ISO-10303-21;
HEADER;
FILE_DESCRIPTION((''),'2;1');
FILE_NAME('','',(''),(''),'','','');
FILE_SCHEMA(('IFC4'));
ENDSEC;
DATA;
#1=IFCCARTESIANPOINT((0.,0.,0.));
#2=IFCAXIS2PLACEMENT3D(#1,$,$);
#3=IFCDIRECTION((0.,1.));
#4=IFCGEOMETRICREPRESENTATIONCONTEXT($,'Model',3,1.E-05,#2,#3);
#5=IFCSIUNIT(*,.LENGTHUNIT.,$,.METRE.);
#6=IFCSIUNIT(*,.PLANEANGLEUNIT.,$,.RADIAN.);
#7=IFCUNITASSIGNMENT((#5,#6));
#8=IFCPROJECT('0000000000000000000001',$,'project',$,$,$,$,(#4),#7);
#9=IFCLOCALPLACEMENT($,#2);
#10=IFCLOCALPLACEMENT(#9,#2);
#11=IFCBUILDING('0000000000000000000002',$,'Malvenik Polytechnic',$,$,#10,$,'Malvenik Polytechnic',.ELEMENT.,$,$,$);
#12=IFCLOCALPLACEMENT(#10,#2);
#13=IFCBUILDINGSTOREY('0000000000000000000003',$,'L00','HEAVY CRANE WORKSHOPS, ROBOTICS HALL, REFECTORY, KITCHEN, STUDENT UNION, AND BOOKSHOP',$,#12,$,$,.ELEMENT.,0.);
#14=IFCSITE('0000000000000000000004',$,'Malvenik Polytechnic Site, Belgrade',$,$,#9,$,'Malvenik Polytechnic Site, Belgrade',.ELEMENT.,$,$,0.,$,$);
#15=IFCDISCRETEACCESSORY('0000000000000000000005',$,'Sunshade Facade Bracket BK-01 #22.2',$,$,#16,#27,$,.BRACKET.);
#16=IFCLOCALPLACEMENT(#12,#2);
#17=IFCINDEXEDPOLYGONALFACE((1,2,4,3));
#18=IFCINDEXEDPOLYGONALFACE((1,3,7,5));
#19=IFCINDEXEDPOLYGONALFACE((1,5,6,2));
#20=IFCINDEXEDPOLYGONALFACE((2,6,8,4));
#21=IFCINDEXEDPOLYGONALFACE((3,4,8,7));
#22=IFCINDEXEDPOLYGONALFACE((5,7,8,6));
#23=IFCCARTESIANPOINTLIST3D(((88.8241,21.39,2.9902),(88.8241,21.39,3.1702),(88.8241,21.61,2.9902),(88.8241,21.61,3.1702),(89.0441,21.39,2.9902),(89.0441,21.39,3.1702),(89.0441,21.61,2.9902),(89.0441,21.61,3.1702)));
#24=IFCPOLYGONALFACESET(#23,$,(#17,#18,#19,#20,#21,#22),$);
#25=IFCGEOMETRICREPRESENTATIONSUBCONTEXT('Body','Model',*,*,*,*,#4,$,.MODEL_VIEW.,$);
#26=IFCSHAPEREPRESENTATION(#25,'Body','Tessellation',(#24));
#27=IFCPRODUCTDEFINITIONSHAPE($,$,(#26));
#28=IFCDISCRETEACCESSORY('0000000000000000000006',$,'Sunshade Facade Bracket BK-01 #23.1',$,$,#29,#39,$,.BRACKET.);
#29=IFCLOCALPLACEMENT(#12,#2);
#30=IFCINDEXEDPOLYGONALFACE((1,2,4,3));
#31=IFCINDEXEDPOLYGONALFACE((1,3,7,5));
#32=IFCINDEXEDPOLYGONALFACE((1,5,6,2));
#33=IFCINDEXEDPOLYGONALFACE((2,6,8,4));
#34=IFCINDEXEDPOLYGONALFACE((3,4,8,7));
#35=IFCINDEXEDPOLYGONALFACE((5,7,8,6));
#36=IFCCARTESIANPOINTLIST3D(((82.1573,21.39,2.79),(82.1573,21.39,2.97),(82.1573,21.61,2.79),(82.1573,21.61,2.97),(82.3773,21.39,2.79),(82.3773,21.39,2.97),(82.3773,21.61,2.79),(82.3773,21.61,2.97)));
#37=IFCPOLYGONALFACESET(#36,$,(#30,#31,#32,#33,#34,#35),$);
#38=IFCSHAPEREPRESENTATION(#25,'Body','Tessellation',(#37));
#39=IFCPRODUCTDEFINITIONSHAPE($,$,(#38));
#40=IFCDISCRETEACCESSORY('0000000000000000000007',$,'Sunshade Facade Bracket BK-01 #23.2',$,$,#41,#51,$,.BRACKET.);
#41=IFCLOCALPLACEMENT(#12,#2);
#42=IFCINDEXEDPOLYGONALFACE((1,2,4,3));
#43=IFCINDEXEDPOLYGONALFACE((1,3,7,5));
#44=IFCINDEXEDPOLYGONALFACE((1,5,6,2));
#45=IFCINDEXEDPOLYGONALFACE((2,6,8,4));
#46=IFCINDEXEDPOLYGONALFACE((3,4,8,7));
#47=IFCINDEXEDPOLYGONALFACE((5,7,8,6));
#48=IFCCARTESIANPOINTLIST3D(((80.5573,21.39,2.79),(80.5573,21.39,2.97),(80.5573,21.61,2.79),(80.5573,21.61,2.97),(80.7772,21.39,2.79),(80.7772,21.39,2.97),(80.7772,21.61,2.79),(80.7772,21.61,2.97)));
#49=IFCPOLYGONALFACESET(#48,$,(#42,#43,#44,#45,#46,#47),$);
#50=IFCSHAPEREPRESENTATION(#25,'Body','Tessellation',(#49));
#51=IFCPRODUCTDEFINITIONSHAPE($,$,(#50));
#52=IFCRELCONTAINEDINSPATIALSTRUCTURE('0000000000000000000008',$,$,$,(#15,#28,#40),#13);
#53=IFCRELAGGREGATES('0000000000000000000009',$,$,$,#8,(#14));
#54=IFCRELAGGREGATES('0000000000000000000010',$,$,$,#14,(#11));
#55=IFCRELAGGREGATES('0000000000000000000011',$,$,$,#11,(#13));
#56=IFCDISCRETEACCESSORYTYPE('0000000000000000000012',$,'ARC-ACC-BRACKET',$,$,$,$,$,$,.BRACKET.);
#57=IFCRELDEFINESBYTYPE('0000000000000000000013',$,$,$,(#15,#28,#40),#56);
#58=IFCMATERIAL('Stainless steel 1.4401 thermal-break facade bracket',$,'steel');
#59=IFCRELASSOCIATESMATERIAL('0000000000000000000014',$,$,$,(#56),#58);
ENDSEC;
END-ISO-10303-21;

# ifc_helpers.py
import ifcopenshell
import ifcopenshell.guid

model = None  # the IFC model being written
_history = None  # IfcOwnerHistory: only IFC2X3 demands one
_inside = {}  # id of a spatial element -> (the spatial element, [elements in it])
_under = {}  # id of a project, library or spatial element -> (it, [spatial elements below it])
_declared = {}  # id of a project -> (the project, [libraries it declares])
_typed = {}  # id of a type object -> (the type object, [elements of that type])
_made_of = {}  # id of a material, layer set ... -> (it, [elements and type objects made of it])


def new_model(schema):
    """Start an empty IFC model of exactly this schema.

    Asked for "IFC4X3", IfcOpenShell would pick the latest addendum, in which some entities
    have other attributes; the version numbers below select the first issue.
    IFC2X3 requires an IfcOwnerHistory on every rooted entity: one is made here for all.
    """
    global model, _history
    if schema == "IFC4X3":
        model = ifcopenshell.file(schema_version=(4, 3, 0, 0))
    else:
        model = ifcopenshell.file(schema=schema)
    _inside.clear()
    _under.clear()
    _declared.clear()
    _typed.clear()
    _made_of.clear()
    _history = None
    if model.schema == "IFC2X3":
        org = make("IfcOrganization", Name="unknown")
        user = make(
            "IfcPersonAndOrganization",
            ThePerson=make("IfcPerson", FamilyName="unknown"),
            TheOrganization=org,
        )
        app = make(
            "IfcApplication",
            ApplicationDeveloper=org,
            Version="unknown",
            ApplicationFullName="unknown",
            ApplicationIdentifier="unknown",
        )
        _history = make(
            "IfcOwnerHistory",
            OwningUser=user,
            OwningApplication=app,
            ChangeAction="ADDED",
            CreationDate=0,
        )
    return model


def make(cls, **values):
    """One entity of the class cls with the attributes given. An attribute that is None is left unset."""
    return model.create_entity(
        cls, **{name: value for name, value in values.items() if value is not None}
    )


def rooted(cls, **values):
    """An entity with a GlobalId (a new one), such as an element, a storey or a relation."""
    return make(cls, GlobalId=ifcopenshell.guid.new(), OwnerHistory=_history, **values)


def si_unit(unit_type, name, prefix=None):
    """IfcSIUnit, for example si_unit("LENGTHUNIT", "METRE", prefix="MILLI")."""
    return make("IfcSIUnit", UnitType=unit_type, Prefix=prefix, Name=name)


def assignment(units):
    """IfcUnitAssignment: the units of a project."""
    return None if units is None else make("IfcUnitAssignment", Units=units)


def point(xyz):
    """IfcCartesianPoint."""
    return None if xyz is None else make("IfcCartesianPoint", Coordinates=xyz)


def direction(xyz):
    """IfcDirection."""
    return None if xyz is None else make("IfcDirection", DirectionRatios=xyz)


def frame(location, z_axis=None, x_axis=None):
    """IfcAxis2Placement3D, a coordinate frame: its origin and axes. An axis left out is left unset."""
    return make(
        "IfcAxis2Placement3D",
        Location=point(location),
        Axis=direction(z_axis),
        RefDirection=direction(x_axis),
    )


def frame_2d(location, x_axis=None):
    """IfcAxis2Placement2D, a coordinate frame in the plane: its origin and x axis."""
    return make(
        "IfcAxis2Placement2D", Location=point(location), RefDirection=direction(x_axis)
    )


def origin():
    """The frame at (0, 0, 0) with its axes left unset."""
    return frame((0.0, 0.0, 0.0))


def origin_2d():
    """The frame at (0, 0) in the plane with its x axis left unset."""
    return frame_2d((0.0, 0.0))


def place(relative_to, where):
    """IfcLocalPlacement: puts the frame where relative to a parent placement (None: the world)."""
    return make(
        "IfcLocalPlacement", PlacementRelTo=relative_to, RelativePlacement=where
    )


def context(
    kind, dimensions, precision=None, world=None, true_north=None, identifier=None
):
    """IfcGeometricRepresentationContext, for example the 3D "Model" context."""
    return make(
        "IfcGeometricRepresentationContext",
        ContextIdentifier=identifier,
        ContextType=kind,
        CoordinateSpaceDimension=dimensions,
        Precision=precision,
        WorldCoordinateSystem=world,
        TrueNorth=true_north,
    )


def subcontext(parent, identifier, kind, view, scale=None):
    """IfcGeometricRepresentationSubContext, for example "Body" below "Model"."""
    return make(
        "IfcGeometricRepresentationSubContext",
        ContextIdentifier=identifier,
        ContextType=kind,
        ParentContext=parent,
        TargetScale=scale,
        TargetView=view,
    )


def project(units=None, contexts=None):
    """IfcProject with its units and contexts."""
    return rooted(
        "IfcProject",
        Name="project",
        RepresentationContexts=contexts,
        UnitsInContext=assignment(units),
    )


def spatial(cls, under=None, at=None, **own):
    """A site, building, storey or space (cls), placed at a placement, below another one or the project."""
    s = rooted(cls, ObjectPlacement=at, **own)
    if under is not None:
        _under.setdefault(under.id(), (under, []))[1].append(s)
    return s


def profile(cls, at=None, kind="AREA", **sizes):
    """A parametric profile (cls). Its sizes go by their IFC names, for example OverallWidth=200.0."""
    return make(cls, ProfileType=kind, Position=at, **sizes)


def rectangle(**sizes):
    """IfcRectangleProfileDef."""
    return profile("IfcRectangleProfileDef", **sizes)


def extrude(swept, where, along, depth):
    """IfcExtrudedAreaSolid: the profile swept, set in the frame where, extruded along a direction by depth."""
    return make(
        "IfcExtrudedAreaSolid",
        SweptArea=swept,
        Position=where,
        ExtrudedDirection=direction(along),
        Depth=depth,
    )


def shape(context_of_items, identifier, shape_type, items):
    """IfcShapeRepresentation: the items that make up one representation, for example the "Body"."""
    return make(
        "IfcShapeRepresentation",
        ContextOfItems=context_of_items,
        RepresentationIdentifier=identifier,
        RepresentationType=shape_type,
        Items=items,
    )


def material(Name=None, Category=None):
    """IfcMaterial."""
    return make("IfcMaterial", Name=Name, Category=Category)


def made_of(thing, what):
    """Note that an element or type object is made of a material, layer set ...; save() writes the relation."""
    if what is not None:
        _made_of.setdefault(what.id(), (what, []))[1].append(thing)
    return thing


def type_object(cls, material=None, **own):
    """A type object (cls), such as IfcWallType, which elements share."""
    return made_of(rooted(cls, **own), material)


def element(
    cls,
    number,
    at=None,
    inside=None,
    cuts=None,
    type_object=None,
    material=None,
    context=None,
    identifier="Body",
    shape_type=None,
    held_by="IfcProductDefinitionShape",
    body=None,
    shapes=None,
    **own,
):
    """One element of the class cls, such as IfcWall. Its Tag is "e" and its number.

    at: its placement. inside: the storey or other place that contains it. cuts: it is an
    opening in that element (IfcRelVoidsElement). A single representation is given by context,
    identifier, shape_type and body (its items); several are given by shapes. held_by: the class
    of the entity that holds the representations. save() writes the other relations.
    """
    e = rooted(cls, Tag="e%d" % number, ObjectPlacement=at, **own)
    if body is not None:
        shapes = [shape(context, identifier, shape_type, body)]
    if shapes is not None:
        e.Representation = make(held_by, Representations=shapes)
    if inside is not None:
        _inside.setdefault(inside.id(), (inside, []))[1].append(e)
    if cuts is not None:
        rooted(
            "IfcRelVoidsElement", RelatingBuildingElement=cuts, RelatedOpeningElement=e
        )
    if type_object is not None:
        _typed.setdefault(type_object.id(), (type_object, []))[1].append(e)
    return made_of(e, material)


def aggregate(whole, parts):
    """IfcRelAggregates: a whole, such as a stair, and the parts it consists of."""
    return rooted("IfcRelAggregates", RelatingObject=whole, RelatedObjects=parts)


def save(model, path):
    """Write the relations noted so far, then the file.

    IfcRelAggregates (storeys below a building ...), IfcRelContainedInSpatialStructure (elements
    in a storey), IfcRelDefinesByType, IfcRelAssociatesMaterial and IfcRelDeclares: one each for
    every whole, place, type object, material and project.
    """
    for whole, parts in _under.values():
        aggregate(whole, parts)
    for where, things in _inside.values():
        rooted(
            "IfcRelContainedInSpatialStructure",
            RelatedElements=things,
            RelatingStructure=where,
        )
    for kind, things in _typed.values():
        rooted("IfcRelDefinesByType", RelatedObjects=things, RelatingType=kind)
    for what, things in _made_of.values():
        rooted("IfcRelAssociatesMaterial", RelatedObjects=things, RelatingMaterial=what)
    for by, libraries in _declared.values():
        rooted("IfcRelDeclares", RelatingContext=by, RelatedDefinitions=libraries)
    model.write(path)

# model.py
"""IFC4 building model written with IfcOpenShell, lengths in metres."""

from ifc_helpers import new_model, si_unit, direction, frame, origin, origin_2d, place, context, subcontext, project, spatial, rectangle, extrude, material, type_object, element, save


model = new_model("IFC4")

# Units and contexts
model_context = context("Model", 3, precision=1e-05, world=origin(), true_north=direction((0.0, 1.0)))
body_context = subcontext(model_context, "Body", "Model", "MODEL_VIEW")
ifc_project = project(units=[si_unit("LENGTHUNIT", "METRE"), si_unit("PLANEANGLEUNIT", "RADIAN")], contexts=[model_context])

# Site, building, storey
site_placement = place(None, origin())
site = spatial("IfcSite", under=ifc_project, at=site_placement, Name="Malvenik Polytechnic Site, Belgrade", LongName="Malvenik Polytechnic Site, Belgrade", CompositionType="ELEMENT", RefElevation=0.0)
building_placement = place(site_placement, origin())
building = spatial("IfcBuilding", under=site, at=building_placement, Name="Malvenik Polytechnic", LongName="Malvenik Polytechnic", CompositionType="ELEMENT")
storey_placement = place(building_placement, origin())
storey = spatial("IfcBuildingStorey", under=building, at=storey_placement, Name="L00", Description="HEAVY CRANE WORKSHOPS, ROBOTICS HALL, REFECTORY, KITCHEN, STUDENT UNION, AND BOOKSHOP", CompositionType="ELEMENT", Elevation=0.0)

# Discrete accessories
ifc_material_1 = material(Name="Stainless steel 1.4401 thermal-break facade bracket", Category="steel")
discrete_accessory_type = type_object("IfcDiscreteAccessoryType", Name="ARC-ACC-BRACKET", PredefinedType="BRACKET", material=ifc_material_1)
for number, where, z_axis, x_axis, name in (
    (1, (88.9341, 21.5, 2.9902), (0.0, 0.0, 1.0), (1.0, 0.0, 0.0), "Sunshade Facade Bracket BK-01 #22.2"),
    (2, (82.2673, 21.5, 2.79), (0.0, 0.0, 1.0), (1.0, 0.0, 0.0), "Sunshade Facade Bracket BK-01 #23.1"),
    (3, (80.6672, 21.5, 2.79), (0.0, 0.0, 1.0), (1.0, 0.0, 0.0), "Sunshade Facade Bracket BK-01 #23.2"),
):
    element("IfcDiscreteAccessory", number, at=place(storey_placement, frame(where, z_axis=z_axis, x_axis=x_axis)), inside=storey, type_object=discrete_accessory_type, Name=name, PredefinedType="BRACKET", context=body_context, shape_type="SweptSolid", body=[
        extrude(rectangle(XDim=0.22, YDim=0.22, at=origin_2d()), origin(), (0.0, 0.0, 1.0), 0.1799),
    ])

save(model, "model.ifc")
